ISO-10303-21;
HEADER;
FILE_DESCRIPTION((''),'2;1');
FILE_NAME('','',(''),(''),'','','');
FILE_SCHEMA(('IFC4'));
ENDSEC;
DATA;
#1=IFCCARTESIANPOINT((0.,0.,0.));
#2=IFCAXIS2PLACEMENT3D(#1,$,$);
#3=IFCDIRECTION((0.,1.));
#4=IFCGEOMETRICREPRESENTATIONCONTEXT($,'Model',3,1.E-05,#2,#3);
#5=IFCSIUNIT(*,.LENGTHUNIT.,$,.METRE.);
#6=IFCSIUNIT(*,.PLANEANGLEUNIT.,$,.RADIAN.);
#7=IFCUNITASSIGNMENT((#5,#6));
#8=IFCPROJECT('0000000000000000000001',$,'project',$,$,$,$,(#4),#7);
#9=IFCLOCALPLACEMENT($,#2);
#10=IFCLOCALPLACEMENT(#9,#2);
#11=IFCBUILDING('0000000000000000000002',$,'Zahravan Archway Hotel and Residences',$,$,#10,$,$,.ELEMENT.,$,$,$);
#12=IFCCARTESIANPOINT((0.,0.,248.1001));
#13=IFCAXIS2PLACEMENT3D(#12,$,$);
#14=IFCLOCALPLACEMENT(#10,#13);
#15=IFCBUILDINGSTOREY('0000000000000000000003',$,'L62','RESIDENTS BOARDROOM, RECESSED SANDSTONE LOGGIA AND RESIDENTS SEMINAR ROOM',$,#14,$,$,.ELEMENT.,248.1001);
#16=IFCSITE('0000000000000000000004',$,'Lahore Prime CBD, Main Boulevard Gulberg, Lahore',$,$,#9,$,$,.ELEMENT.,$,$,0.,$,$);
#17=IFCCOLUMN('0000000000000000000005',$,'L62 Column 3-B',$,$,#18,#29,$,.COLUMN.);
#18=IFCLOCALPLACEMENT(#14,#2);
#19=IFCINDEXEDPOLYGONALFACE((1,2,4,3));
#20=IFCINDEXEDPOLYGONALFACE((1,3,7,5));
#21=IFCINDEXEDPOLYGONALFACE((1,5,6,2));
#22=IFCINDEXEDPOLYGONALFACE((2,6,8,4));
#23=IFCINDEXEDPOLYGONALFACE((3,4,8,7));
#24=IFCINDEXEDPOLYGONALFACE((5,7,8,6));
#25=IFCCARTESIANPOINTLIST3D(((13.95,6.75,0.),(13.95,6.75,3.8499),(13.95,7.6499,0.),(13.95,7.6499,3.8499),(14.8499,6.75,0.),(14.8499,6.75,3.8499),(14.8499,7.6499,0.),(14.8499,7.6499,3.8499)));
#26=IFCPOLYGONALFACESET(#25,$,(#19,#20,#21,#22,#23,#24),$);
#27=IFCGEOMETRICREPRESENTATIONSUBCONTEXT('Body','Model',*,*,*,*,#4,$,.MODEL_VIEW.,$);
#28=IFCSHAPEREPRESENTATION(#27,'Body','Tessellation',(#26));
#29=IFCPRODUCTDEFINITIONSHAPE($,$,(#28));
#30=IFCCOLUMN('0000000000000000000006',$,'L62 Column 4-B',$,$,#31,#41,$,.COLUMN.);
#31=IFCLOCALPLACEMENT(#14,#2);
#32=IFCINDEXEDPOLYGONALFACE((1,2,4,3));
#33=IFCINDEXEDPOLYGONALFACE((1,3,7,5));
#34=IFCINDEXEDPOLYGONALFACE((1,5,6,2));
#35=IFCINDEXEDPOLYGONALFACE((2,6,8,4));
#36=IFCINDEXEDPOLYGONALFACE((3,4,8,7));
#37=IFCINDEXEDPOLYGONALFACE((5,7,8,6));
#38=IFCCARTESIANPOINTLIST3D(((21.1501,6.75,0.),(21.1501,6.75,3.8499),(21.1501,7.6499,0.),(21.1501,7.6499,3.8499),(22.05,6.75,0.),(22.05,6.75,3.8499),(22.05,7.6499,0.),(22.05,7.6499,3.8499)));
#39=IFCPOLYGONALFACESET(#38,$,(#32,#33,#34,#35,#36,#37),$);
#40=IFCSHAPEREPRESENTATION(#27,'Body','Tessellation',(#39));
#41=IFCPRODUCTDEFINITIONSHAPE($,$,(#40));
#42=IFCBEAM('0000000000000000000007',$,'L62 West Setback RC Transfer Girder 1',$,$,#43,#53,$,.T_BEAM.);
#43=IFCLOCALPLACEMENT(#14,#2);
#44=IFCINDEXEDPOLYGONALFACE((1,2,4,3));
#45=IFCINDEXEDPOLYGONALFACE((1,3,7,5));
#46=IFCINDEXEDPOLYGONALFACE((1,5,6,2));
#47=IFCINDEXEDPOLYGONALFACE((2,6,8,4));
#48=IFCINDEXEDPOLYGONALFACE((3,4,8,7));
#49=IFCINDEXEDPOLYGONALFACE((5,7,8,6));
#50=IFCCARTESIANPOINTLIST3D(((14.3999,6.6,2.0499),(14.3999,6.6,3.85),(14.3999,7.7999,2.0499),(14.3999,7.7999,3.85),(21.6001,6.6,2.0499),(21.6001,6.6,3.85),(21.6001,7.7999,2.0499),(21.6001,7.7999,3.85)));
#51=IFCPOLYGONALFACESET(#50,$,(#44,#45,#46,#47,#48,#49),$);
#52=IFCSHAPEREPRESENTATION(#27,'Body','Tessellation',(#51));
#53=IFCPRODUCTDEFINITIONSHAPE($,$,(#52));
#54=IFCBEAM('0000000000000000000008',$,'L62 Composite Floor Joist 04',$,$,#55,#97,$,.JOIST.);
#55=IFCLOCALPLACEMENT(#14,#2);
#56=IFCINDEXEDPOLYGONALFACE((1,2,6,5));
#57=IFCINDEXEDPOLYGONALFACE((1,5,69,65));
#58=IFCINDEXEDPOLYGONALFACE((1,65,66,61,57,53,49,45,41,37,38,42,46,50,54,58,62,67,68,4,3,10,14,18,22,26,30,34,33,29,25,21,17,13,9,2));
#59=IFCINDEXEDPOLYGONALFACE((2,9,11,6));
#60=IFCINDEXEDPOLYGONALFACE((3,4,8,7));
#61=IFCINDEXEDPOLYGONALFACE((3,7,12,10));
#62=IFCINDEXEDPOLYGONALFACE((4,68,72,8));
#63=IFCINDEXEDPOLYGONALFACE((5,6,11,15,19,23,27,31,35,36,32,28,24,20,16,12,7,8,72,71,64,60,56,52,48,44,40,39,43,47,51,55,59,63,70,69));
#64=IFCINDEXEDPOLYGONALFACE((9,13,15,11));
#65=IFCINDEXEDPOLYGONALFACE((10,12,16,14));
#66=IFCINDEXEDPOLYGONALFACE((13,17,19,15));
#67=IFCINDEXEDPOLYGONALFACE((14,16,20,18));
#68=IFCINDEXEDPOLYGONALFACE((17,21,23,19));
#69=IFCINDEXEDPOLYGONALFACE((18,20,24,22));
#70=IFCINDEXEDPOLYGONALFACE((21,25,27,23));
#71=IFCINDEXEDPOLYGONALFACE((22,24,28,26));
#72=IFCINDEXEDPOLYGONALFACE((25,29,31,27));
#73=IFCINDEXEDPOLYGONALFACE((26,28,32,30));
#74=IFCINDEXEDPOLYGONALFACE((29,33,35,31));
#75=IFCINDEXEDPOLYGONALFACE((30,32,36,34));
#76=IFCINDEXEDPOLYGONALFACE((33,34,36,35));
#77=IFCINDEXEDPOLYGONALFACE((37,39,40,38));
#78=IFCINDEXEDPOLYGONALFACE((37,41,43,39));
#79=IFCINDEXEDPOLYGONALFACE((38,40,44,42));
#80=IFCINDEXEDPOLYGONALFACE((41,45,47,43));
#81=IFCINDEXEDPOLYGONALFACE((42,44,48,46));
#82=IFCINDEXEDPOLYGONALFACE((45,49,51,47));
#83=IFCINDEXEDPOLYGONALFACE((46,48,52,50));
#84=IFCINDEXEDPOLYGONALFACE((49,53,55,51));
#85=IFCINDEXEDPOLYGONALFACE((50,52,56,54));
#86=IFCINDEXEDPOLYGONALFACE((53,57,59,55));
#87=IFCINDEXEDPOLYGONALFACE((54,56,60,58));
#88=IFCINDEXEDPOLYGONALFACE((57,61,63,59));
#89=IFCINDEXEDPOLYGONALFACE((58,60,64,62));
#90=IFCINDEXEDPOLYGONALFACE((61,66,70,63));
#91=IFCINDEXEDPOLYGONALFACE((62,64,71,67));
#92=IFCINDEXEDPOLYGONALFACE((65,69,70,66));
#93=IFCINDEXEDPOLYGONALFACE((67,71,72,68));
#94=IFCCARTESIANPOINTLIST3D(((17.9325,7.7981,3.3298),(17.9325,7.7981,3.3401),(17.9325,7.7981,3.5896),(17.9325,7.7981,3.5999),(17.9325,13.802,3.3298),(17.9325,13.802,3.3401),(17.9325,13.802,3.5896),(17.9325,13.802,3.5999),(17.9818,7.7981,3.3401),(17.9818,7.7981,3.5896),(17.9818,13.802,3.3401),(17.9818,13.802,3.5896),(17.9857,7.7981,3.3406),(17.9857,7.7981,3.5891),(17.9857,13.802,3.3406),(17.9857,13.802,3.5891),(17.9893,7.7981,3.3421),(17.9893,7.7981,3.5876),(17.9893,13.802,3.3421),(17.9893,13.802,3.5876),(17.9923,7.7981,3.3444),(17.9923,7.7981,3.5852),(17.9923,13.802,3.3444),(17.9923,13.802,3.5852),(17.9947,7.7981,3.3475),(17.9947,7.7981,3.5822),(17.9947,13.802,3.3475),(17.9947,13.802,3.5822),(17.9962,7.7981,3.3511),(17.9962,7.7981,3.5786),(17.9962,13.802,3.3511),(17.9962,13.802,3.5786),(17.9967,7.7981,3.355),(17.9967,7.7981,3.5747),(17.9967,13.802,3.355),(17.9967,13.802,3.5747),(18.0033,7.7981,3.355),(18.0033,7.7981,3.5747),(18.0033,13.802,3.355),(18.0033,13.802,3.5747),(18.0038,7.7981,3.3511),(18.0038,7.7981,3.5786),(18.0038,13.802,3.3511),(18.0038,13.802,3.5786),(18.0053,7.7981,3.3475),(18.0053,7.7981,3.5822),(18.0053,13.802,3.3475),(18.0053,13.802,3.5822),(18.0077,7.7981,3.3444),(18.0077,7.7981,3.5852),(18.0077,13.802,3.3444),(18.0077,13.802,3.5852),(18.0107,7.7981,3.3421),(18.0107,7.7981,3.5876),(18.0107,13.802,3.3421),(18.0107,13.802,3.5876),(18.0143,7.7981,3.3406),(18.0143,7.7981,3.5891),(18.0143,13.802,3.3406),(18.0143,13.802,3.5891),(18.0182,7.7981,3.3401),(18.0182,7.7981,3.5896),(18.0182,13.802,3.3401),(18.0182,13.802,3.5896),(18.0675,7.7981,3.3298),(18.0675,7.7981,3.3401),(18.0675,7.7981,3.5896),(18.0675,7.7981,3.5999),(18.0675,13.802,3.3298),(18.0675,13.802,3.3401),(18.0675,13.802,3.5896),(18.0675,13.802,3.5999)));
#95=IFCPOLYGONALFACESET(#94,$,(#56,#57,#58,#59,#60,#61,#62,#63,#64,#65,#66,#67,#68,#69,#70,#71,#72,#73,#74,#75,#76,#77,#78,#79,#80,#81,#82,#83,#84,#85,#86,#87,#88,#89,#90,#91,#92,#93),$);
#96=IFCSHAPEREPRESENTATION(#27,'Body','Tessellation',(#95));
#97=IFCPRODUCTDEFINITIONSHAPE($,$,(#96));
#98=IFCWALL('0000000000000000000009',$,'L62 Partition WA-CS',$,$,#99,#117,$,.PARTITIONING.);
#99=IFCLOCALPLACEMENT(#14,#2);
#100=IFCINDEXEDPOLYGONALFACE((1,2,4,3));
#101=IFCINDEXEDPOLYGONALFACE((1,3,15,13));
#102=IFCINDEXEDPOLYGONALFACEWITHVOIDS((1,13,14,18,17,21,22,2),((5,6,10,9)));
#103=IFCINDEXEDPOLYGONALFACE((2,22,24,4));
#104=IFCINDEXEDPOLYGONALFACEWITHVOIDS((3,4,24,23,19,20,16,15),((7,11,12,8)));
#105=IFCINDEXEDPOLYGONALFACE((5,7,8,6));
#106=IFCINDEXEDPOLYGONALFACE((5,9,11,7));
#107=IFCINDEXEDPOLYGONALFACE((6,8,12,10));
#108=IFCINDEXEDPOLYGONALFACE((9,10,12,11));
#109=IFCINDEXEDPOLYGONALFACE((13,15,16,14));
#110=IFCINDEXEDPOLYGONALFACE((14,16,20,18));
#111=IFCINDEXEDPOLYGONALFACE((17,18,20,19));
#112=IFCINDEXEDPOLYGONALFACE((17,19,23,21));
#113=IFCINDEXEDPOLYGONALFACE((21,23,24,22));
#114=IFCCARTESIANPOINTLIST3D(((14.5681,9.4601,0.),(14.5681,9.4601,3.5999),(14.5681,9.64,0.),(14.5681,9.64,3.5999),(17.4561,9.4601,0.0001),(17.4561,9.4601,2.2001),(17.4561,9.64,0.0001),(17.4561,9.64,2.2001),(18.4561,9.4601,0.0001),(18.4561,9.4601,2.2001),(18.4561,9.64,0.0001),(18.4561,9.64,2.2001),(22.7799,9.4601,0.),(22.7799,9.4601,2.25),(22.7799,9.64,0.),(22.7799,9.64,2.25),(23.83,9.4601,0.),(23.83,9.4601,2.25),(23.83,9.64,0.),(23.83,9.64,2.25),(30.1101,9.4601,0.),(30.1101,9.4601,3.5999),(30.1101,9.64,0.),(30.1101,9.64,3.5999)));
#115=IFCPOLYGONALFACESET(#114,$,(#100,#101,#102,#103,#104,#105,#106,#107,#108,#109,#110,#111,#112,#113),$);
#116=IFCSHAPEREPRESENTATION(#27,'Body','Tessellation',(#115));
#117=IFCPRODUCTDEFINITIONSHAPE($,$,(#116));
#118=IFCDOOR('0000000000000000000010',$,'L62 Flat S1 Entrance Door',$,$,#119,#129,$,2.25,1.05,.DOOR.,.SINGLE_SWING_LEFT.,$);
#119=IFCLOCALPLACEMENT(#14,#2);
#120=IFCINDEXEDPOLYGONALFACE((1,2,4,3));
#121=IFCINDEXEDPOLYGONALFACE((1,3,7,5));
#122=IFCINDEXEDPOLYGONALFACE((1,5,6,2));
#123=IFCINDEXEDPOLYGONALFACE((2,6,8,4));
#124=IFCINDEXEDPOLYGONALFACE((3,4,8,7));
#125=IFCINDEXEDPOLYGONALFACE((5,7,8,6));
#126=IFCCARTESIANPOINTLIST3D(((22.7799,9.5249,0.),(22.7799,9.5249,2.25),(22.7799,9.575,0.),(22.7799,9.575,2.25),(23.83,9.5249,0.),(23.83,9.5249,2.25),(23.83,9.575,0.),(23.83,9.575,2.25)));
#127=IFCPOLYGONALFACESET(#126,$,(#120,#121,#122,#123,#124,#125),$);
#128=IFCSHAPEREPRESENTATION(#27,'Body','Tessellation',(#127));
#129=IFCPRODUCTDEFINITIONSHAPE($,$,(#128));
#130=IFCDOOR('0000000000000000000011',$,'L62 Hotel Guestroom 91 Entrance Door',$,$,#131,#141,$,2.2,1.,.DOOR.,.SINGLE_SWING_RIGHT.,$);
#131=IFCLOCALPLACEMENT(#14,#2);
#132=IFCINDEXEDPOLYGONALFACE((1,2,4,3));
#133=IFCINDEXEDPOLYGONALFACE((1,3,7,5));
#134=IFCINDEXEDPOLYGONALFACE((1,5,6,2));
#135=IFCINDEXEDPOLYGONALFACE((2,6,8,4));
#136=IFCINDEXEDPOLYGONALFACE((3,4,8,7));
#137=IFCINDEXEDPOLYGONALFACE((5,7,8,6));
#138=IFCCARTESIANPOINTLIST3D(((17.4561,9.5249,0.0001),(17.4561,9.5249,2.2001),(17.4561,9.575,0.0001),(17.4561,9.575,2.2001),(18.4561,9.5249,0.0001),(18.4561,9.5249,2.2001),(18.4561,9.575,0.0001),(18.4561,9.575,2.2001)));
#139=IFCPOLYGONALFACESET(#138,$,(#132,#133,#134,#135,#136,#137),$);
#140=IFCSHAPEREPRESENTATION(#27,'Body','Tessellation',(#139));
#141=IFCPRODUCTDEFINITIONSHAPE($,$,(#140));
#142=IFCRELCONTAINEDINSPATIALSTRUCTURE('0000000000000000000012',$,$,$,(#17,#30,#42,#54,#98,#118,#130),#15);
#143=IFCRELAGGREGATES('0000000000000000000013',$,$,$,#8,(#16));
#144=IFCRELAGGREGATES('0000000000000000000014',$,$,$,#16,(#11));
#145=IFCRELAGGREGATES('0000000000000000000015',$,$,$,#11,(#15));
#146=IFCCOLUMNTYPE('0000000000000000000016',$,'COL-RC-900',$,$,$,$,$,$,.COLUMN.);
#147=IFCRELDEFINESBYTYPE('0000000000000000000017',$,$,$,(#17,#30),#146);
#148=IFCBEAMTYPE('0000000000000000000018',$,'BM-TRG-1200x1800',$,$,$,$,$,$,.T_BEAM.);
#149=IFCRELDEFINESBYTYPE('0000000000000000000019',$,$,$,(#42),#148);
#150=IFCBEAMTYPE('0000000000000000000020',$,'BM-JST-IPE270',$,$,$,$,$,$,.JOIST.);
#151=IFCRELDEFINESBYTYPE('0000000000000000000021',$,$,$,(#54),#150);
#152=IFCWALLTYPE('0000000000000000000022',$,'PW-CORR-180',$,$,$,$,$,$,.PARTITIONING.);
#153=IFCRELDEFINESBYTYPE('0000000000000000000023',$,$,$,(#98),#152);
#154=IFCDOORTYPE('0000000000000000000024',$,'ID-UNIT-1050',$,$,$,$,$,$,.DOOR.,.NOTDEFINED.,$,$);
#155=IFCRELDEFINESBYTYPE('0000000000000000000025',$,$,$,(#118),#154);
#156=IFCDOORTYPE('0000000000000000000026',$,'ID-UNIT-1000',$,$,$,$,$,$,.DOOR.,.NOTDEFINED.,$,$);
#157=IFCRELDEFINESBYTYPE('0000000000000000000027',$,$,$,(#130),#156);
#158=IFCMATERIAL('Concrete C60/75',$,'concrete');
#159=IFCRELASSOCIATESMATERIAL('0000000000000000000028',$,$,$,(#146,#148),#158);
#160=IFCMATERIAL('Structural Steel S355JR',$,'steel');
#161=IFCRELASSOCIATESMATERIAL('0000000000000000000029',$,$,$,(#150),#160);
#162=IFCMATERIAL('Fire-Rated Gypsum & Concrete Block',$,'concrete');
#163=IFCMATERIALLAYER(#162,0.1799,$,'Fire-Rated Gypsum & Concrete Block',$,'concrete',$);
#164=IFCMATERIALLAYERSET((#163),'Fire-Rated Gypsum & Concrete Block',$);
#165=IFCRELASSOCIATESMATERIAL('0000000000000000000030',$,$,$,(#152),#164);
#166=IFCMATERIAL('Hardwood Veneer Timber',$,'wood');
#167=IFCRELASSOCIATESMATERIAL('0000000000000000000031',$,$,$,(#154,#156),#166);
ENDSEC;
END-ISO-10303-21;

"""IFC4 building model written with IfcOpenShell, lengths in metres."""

from ifc_helpers import new_model, si_unit, direction, frame, frame_2d, origin, origin_2d, place, context, subcontext, project, spatial, rectangle, i_section, extrude, source, transform, mapped, material, layer, layer_set, material_profile, profile_set, type_object, type_shapes, element, fill, save


model = new_model("IFC4")

# Units and contexts
model_context = context("Model", 3, precision=1e-05, world=origin(), true_north=direction((0.0, 1.0)))
body_context = subcontext(model_context, "Body", "Model", "MODEL_VIEW")
ifc_project = project(units=[si_unit("LENGTHUNIT", "METRE"), si_unit("PLANEANGLEUNIT", "RADIAN")], contexts=[model_context])

# Site, building, storey
site_placement = place(None, origin())
site = spatial("IfcSite", under=ifc_project, at=site_placement, Name="Lahore Prime CBD, Main Boulevard Gulberg, Lahore", CompositionType="ELEMENT", RefElevation=0.0)
building_placement = place(site_placement, origin())
building = spatial("IfcBuilding", under=site, at=building_placement, Name="Zahravan Archway Hotel and Residences", CompositionType="ELEMENT")
storey_placement = place(building_placement, frame((0.0, 0.0, 248.1001)))
storey = spatial("IfcBuildingStorey", under=building, at=storey_placement, Name="L62", Description="RESIDENTS BOARDROOM, RECESSED SANDSTONE LOGGIA AND RESIDENTS SEMINAR ROOM", CompositionType="ELEMENT", Elevation=248.1001)

# Columns
ifc_material_1 = material(Name="Concrete C60/75", Category="concrete")
ifc_material_profile_1 = material_profile(ifc_material_1, rectangle(XDim=0.8999, YDim=0.8999, at=origin_2d()), Name="RC-COL-900x900", Category="concrete")
ifc_profile_set_1 = profile_set([ifc_material_profile_1], Name="Concrete C60/75")
column_type = type_object("IfcColumnType", Name="COL-RC-900", PredefinedType="COLUMN", material=ifc_profile_set_1)
shared_shape_1 = source(origin(), body_context, "Body", "SweptSolid", [
    extrude(rectangle(XDim=0.8999, YDim=0.8999, at=origin_2d()), origin(), (0.0, 0.0, 1.0), 3.8499),
])
for number, where, z_axis, x_axis, name in (
    (1, (14.3999, 7.2, 0.0), (0.0, 0.0, 1.0), (1.0, 0.0, 0.0), "L62 Column 3-B"),
    (2, (21.6001, 7.2, 0.0), (0.0, 0.0, 1.0), (1.0, 0.0, 0.0), "L62 Column 4-B"),
):
    element("IfcColumn", number, at=place(storey_placement, frame(where, z_axis=z_axis, x_axis=x_axis)), inside=storey, type_object=column_type, Name=name, PredefinedType="COLUMN", context=body_context, shape_type="MappedRepresentation", body=[
        mapped(shared_shape_1, transform((0.0, 0.0, 0.0), scale=1.0)),
    ])

# Beams
ifc_material_profile_2 = material_profile(ifc_material_1, rectangle(XDim=1.2, YDim=1.8, at=origin_2d()), Name="RC 1200x1800", Category="concrete")
ifc_profile_set_2 = profile_set([ifc_material_profile_2], Name="Concrete C60/75")
beam_type_1 = type_object("IfcBeamType", Name="BM-TRG-1200x1800", PredefinedType="T_BEAM", material=ifc_profile_set_2)
shared_shape_2 = source(origin(), body_context, "Body", "SweptSolid", [
    extrude(rectangle(XDim=1.2, YDim=1.8, at=origin_2d()), origin(), (0.0, 0.0, 1.0), 7.2002),
])
beam_1_placement = place(storey_placement, frame((14.3999, 7.2, 2.95), z_axis=(1.0, 0.0, 0.0), x_axis=(0.0, 1.0, 0.0)))
element("IfcBeam", 3, at=beam_1_placement, inside=storey, type_object=beam_type_1, Name="L62 West Setback RC Transfer Girder 1", PredefinedType="T_BEAM", context=body_context, shape_type="MappedRepresentation", body=[
    mapped(shared_shape_2, transform((0.0, 0.0, 0.0), scale=1.0)),
])
ifc_material_2 = material(Name="Structural Steel S355JR", Category="steel")
ifc_material_profile_3 = material_profile(ifc_material_2, i_section(OverallWidth=0.135, OverallDepth=0.27, WebThickness=0.0066, FlangeThickness=0.0103, FilletRadius=0.0149, at=origin_2d()), Name="IPE 270", Category="steel")
ifc_profile_set_3 = profile_set([ifc_material_profile_3], Name="Structural Steel S355JR")
beam_type_2 = type_object("IfcBeamType", Name="BM-JST-IPE270", PredefinedType="JOIST", material=ifc_profile_set_3)
shared_shape_3 = source(origin(), body_context, "Body", "SweptSolid", [
    extrude(i_section(OverallWidth=0.135, OverallDepth=0.27, WebThickness=0.0066, FlangeThickness=0.0103, FilletRadius=0.0149, at=origin_2d()), origin(), (0.0, 0.0, 1.0), 6.0039),
])
beam_2_placement = place(storey_placement, frame((18.0, 7.7981, 3.4648), z_axis=(0.0, 1.0, 0.0), x_axis=(-1.0, 0.0, 0.0)))
element("IfcBeam", 4, at=beam_2_placement, inside=storey, type_object=beam_type_2, Name="L62 Composite Floor Joist 04", PredefinedType="JOIST", context=body_context, shape_type="MappedRepresentation", body=[
    mapped(shared_shape_3, transform((0.0, 0.0, 0.0), scale=1.0)),
])

# Wall, openings, doors
ifc_material_3 = material(Name="Fire-Rated Gypsum & Concrete Block", Category="concrete")
ifc_layer_1 = layer(ifc_material_3, 0.1799, Name="Fire-Rated Gypsum & Concrete Block", Category="concrete")
ifc_layer_set_1 = layer_set([ifc_layer_1], Name="Fire-Rated Gypsum & Concrete Block")
wall_type_1 = type_object("IfcWallType", Name="PW-CORR-180", PredefinedType="PARTITIONING", material=ifc_layer_set_1)
wall_1_placement = place(storey_placement, frame((14.5681, 9.55, 0.0), z_axis=(0.0, 0.0, 1.0), x_axis=(1.0, 0.0, 0.0)))
wall_1 = element("IfcWall", 5, at=wall_1_placement, inside=storey, type_object=wall_type_1, Name="L62 Partition WA-CS", PredefinedType="PARTITIONING", context=body_context, shape_type="SweptSolid", body=[
    extrude(rectangle(XDim=15.542, YDim=0.1799, at=frame_2d((7.771, 0.0))), origin(), (0.0, 0.0, 1.0), 3.5999),
])
opening_1_placement = place(wall_1_placement, frame((2.8879, 0.0, 0.0)))
opening_1 = element("IfcOpeningElement", 6, at=opening_1_placement, cuts=wall_1, PredefinedType="OPENING", context=body_context, shape_type="SweptSolid", body=[
    extrude(rectangle(XDim=1.0, YDim=2.2, at=frame_2d((0.5, 1.1001))), frame((0.0, 0.1001, 0.0), z_axis=(0.0, -1.0, 0.0), x_axis=(1.0, 0.0, 0.0)), (0.0, 0.0, 1.0), 0.2),
])
opening_2_placement = place(wall_1_placement, frame((8.2119, 0.0, 0.0)))
opening_2 = element("IfcOpeningElement", 7, at=opening_2_placement, cuts=wall_1, PredefinedType="OPENING", context=body_context, shape_type="SweptSolid", body=[
    extrude(rectangle(XDim=1.05, YDim=2.25, at=frame_2d((0.5249, 1.125))), frame((0.0, 0.1001, 0.0), z_axis=(0.0, -1.0, 0.0), x_axis=(1.0, 0.0, 0.0)), (0.0, 0.0, 1.0), 0.2),
])
ifc_material_4 = material(Name="Hardwood Veneer Timber", Category="wood")
door_type_1 = type_object("IfcDoorType", Name="ID-UNIT-1050", OperationType="NOTDEFINED", PredefinedType="DOOR", material=ifc_material_4)
shared_shape_4 = source(origin(), body_context, "Body", "SweptSolid", [
    extrude(rectangle(XDim=1.05, YDim=2.25, at=frame_2d((0.5249, 1.125))), frame((0.0, 0.0249, 0.0), z_axis=(0.0, -1.0, 0.0), x_axis=(1.0, 0.0, 0.0)), (0.0, 0.0, 1.0), 0.05),
])
type_shapes(door_type_1, [shared_shape_4])
door_1_placement = place(opening_2_placement, origin())
door_1 = element("IfcDoor", 8, at=door_1_placement, inside=storey, type_object=door_type_1, Name="L62 Flat S1 Entrance Door", OperationType="SINGLE_SWING_LEFT", OverallHeight=2.25, OverallWidth=1.05, PredefinedType="DOOR", context=body_context, shape_type="MappedRepresentation", body=[
    mapped(shared_shape_4, transform((0.0, 0.0, 0.0), scale=1.0)),
])
fill(opening_2, door_1)
door_type_2 = type_object("IfcDoorType", Name="ID-UNIT-1000", OperationType="NOTDEFINED", PredefinedType="DOOR", material=ifc_material_4)
shared_shape_5 = source(origin(), body_context, "Body", "SweptSolid", [
    extrude(rectangle(XDim=1.0, YDim=2.2, at=frame_2d((0.5, 1.1001))), frame((0.0, 0.0249, 0.0), z_axis=(0.0, -1.0, 0.0), x_axis=(1.0, 0.0, 0.0)), (0.0, 0.0, 1.0), 0.05),
])
type_shapes(door_type_2, [shared_shape_5])
door_2_placement = place(opening_1_placement, origin())
door_2 = element("IfcDoor", 9, at=door_2_placement, inside=storey, type_object=door_type_2, Name="L62 Hotel Guestroom 91 Entrance Door", OperationType="SINGLE_SWING_RIGHT", OverallHeight=2.2, OverallWidth=1.0, PredefinedType="DOOR", context=body_context, shape_type="MappedRepresentation", body=[
    mapped(shared_shape_5, transform((0.0, 0.0, 0.0), scale=1.0)),
])
fill(opening_1, door_2)

save(model, "model.ifc")
